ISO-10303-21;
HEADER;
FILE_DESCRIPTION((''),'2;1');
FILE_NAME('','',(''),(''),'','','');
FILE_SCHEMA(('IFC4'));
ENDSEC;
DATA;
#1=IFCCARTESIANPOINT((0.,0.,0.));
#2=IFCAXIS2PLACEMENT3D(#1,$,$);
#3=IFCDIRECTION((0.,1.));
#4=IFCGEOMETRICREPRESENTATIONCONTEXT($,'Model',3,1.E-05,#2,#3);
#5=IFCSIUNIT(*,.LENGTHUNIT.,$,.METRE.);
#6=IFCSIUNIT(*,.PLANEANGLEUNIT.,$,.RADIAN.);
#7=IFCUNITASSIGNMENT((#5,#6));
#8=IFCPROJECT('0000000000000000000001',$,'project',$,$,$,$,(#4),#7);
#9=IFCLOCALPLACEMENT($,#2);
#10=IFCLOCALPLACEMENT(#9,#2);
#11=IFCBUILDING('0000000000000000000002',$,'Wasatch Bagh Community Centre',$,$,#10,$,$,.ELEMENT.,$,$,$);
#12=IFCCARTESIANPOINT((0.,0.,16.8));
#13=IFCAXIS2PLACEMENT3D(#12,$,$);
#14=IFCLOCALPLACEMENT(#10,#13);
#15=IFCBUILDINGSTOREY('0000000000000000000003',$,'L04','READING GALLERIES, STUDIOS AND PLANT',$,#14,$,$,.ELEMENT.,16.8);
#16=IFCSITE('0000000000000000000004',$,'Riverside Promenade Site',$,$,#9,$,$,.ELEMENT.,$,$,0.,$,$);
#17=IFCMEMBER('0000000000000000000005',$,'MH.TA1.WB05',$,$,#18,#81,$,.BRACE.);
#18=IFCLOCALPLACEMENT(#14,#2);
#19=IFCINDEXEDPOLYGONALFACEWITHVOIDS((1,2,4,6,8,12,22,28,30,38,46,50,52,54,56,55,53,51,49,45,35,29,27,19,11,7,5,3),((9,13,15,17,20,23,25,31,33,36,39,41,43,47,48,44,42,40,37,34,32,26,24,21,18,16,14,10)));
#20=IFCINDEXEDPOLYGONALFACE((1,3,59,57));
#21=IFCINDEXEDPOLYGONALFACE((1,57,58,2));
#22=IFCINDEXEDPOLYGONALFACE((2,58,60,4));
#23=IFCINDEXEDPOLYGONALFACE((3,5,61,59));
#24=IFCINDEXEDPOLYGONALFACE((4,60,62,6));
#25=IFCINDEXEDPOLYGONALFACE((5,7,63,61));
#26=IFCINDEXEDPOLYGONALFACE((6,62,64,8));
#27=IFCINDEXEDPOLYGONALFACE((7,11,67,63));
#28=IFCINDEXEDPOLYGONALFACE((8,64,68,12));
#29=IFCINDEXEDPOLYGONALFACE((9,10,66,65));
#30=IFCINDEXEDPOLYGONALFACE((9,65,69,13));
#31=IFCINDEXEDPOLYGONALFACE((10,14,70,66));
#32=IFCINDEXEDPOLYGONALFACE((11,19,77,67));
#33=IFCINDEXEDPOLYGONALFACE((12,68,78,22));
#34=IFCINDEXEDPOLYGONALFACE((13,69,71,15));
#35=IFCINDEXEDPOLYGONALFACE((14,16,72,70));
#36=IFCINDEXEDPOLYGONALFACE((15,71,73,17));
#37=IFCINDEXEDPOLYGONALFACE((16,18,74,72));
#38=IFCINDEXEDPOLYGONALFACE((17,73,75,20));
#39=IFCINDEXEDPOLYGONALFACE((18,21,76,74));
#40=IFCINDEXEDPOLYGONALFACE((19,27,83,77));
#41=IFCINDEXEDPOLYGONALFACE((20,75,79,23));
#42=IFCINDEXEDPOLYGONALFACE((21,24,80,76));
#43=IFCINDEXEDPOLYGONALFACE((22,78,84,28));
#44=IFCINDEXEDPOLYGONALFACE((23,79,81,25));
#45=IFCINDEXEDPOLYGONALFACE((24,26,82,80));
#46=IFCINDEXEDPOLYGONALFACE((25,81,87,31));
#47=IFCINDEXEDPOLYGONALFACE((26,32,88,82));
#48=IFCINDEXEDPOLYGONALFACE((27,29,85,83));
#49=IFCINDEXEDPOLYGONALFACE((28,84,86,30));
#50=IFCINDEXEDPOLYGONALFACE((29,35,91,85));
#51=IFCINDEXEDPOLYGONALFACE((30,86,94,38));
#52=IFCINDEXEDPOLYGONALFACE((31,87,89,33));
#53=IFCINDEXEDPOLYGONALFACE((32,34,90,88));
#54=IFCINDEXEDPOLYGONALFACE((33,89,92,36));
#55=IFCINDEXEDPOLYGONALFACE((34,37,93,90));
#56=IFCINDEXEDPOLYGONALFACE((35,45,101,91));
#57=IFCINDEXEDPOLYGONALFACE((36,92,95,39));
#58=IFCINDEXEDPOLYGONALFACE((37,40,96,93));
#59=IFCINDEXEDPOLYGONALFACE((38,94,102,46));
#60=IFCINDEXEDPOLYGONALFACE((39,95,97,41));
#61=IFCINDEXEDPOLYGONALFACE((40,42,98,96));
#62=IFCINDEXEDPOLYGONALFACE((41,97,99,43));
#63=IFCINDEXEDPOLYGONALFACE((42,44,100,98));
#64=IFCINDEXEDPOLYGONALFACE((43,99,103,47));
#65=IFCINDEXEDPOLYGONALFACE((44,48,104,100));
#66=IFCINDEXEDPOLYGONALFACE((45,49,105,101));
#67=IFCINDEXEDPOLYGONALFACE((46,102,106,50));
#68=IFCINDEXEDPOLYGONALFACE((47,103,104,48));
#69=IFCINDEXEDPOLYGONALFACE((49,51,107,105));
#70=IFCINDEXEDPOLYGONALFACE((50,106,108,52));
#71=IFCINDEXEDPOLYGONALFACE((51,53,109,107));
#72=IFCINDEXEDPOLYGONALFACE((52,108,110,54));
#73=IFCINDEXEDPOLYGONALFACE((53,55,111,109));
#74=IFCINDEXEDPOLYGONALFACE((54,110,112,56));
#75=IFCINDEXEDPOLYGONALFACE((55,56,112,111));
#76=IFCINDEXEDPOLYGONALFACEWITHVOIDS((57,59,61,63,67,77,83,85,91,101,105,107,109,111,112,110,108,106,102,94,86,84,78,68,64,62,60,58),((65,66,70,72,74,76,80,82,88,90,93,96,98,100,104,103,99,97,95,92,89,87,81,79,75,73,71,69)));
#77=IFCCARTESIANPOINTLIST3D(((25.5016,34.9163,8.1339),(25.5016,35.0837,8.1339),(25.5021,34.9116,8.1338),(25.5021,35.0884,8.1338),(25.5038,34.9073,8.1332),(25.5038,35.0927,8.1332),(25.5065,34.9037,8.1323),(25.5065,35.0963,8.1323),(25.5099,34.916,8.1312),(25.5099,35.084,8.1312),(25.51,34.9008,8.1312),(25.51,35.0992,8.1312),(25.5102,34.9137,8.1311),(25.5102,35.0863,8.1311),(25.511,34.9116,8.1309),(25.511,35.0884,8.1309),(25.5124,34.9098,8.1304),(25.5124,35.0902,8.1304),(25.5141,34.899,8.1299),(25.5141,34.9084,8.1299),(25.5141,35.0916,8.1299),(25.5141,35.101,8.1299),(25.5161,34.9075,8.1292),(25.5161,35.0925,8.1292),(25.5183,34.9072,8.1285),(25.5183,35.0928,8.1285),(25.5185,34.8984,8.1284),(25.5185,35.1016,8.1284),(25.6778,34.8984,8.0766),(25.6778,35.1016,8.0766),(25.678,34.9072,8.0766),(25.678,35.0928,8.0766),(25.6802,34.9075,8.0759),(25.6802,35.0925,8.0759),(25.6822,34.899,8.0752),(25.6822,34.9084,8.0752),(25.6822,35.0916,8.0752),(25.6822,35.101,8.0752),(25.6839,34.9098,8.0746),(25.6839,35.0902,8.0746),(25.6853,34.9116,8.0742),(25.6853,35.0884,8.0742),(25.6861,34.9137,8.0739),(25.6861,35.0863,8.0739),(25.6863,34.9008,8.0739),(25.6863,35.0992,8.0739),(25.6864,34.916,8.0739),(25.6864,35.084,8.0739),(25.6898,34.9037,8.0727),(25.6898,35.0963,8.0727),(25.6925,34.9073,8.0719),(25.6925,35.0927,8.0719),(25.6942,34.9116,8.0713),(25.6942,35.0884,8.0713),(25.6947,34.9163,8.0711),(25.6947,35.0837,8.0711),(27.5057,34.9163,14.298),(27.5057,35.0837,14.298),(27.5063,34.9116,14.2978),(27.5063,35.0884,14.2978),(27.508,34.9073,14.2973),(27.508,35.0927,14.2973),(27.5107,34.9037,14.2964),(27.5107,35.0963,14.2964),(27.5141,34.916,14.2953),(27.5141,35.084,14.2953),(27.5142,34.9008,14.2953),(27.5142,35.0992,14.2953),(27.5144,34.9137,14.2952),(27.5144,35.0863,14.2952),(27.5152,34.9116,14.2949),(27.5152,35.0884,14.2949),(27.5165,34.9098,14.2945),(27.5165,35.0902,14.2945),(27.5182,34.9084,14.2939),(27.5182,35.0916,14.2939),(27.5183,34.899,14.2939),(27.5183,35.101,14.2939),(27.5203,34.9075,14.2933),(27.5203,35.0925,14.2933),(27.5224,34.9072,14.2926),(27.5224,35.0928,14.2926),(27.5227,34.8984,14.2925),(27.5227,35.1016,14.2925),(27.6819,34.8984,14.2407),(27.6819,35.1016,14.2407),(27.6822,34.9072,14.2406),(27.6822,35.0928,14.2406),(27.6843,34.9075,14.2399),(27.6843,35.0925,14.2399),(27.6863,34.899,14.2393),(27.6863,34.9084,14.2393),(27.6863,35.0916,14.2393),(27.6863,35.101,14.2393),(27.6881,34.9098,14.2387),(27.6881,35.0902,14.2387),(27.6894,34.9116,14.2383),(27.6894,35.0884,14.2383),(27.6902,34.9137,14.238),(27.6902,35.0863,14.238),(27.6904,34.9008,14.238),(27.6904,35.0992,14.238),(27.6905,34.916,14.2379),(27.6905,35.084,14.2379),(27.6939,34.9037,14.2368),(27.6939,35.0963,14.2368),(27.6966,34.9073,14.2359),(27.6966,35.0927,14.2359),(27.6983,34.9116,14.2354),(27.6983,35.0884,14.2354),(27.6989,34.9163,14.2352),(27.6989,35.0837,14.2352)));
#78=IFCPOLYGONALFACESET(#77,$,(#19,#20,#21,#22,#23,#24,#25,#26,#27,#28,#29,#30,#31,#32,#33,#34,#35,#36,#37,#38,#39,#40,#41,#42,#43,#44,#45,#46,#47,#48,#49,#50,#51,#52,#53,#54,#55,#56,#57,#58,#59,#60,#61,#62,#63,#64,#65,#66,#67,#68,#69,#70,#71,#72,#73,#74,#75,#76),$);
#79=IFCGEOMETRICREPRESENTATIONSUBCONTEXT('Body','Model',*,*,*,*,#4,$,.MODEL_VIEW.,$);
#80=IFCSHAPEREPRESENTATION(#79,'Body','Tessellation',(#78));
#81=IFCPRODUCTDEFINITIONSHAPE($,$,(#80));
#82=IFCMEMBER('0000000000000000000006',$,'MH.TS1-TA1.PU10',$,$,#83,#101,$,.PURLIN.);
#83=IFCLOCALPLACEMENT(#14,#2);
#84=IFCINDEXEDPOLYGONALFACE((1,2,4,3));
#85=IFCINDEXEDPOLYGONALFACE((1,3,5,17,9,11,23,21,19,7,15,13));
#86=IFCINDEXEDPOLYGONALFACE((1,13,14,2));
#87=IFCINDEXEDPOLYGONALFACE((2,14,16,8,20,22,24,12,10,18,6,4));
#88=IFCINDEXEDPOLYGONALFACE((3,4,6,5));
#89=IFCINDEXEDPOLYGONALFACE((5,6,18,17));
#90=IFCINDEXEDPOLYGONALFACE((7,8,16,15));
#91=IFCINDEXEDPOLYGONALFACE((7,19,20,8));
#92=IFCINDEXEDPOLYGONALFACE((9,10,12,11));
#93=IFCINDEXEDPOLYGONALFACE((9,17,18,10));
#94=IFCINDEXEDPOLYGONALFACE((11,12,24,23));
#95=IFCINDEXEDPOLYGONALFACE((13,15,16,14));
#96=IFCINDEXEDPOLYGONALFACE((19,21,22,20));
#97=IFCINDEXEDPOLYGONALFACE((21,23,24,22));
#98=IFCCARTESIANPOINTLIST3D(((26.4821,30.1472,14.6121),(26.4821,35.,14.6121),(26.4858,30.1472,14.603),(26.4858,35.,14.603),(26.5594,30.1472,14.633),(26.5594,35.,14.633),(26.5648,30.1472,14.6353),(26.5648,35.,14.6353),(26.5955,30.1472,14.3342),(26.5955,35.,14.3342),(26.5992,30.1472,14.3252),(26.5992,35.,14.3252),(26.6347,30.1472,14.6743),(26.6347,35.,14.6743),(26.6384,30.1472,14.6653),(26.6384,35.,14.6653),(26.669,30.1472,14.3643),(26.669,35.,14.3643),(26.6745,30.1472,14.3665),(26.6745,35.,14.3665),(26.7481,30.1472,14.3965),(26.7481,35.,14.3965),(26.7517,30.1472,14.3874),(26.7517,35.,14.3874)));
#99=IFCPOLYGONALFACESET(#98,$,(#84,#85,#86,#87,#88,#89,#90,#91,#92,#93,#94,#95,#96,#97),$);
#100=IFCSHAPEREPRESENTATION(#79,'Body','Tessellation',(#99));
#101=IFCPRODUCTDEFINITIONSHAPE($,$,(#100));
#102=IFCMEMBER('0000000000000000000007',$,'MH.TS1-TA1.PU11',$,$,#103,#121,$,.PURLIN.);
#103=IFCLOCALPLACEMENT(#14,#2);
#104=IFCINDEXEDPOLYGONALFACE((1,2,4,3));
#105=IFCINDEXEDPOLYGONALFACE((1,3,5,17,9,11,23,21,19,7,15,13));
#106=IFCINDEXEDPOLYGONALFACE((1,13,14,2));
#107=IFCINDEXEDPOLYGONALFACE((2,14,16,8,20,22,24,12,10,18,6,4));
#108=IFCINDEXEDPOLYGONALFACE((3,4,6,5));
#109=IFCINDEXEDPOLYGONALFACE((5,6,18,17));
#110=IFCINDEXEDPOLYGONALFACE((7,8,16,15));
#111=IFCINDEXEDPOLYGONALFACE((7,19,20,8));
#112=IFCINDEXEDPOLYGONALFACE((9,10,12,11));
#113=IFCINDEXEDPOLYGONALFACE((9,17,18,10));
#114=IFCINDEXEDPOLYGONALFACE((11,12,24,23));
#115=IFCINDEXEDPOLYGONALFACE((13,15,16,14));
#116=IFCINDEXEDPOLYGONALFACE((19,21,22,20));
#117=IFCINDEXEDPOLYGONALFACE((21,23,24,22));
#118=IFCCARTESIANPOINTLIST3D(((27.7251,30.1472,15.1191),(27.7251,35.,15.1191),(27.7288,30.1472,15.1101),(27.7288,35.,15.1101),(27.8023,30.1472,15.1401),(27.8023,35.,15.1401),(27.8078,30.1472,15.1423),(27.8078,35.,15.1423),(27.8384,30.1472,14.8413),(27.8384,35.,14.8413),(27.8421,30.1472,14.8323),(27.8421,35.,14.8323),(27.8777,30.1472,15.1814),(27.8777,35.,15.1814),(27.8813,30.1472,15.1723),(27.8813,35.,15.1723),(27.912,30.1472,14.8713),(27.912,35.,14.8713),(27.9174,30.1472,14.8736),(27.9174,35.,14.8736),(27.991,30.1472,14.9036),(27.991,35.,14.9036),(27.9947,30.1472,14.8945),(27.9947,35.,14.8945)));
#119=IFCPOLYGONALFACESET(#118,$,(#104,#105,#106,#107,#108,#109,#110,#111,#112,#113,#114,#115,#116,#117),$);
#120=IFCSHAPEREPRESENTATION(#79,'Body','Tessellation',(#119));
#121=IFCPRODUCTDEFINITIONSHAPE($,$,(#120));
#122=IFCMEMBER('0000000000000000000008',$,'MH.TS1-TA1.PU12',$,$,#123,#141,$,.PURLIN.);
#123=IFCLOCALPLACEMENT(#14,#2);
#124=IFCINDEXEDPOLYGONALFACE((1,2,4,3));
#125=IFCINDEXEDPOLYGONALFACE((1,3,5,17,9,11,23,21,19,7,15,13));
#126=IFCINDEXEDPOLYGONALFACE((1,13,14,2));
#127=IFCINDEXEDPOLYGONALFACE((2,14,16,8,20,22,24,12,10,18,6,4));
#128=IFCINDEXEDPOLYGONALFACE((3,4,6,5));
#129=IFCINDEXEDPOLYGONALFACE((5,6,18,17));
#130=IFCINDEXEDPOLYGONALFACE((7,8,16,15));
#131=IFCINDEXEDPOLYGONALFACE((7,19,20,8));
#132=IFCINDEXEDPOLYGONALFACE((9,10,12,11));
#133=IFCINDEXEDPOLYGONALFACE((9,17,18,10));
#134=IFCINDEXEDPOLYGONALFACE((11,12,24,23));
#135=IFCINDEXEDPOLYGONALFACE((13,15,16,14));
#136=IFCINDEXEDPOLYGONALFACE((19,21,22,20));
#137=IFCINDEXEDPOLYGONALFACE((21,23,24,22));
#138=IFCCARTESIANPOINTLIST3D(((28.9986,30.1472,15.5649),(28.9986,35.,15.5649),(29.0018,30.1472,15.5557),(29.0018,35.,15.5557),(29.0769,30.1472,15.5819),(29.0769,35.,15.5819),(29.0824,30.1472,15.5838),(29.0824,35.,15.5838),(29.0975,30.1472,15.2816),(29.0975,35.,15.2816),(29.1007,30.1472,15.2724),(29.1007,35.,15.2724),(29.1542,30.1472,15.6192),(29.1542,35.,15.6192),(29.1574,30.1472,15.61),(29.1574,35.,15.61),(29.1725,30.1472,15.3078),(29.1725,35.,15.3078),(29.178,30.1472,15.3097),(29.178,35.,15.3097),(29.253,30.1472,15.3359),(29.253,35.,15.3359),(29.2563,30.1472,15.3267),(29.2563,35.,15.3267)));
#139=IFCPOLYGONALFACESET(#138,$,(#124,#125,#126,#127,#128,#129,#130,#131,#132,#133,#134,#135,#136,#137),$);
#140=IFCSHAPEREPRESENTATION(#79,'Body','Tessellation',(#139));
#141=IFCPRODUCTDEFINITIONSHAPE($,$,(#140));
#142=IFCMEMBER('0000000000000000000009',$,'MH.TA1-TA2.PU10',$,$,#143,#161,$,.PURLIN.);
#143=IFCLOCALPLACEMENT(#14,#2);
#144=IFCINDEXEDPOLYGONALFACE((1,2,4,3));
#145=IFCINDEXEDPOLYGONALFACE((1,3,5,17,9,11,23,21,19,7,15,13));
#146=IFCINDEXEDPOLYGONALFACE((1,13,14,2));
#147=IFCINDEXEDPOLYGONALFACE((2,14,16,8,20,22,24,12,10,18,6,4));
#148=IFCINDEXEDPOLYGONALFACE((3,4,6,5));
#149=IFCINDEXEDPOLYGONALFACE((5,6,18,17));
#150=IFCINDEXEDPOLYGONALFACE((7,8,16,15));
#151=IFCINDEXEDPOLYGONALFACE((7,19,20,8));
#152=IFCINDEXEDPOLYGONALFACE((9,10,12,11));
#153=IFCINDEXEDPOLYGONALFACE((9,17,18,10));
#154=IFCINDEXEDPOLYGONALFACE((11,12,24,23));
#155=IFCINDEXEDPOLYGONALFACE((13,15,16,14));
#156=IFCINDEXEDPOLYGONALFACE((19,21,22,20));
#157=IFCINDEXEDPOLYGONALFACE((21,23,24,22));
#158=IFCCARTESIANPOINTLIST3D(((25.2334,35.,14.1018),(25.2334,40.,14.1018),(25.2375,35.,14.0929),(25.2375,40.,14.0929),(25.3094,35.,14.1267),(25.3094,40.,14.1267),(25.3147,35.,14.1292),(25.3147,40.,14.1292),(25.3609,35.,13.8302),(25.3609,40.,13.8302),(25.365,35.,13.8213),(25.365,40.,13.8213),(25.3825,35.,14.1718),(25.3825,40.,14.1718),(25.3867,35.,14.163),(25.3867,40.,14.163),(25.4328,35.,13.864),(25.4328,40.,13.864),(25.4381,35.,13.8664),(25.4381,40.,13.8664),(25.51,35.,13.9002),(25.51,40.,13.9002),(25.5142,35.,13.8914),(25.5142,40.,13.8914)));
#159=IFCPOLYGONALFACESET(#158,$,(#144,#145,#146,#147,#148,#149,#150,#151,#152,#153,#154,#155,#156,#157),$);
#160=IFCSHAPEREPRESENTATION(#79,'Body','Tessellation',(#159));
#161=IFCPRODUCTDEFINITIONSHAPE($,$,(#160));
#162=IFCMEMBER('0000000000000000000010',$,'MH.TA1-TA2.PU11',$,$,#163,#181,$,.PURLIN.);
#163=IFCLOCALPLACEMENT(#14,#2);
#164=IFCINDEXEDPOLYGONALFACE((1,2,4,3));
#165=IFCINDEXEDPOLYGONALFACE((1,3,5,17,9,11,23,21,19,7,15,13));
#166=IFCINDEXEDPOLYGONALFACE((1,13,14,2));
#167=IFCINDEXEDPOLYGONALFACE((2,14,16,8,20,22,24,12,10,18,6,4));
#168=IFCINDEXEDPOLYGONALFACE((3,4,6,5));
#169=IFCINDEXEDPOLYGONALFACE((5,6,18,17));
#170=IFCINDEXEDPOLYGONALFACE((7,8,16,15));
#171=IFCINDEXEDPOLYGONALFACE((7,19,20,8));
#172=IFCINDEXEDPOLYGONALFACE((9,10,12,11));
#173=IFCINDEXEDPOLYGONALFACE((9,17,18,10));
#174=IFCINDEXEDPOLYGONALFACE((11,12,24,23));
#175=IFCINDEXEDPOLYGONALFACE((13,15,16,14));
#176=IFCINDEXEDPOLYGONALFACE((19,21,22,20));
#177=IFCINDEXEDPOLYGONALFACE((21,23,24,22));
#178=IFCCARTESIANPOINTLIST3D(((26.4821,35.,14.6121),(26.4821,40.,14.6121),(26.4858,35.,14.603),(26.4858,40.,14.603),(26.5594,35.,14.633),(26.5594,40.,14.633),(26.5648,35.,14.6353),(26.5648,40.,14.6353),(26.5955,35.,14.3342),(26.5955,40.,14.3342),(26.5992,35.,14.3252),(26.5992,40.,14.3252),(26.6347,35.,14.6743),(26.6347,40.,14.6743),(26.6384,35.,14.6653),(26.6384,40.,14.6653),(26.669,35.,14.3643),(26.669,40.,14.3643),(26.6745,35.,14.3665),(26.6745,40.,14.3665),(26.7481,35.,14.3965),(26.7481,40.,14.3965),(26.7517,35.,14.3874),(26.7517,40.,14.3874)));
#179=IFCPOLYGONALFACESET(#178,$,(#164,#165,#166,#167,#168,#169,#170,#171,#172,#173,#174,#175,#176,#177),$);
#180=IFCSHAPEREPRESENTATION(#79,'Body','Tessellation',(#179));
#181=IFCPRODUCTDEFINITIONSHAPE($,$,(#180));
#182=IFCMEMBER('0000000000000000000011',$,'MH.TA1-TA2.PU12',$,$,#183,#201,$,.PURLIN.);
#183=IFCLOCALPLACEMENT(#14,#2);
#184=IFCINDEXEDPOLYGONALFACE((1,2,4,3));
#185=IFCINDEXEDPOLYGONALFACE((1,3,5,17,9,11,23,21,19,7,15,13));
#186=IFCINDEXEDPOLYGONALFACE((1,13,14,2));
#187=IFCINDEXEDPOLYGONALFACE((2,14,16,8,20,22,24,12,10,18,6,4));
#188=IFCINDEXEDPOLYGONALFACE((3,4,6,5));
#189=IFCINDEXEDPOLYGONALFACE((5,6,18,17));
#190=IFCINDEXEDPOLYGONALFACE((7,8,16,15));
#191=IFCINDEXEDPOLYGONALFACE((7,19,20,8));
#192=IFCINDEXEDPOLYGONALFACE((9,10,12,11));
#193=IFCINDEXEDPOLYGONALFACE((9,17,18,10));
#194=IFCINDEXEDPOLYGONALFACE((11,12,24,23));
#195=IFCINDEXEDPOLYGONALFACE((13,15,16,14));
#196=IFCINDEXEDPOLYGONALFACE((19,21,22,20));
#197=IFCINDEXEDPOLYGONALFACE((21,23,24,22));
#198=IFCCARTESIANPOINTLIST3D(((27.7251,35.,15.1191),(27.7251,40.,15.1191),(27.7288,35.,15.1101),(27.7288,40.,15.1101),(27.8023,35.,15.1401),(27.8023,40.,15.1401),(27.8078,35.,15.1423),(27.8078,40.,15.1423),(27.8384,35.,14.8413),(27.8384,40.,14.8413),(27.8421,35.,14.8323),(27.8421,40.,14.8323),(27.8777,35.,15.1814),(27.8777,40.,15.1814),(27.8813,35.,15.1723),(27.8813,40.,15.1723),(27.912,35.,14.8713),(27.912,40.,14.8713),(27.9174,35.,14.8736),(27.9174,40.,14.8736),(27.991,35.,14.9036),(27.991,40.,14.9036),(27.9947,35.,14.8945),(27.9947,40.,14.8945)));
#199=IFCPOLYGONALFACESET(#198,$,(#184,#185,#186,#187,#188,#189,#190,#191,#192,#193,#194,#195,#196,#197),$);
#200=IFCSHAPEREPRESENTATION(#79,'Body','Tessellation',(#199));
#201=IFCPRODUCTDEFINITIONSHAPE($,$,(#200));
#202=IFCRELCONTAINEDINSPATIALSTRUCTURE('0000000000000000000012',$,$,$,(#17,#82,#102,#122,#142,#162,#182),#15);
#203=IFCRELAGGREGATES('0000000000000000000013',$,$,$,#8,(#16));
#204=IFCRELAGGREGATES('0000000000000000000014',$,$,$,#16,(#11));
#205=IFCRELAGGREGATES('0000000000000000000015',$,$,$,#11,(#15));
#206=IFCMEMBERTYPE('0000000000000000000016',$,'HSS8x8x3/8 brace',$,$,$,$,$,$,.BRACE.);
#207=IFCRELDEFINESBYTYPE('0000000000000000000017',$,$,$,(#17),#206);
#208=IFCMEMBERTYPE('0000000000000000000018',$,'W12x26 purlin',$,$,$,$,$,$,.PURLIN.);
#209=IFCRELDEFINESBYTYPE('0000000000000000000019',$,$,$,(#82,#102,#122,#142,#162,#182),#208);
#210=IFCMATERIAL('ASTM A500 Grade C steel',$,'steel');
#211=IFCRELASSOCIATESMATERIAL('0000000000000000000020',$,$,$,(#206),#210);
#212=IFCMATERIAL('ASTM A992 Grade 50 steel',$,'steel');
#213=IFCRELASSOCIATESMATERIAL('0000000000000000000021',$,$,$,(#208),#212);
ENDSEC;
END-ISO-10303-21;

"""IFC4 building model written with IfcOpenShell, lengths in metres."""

from ifc_helpers import new_model, si_unit, direction, frame, origin, origin_2d, place, context, subcontext, project, spatial, hollow_rectangle, i_section, extrude, material, material_profile, profile_set, type_object, element, save


model = new_model("IFC4")

# Units and contexts
model_context = context("Model", 3, precision=1e-05, world=origin(), true_north=direction((0.0, 1.0)))
body_context = subcontext(model_context, "Body", "Model", "MODEL_VIEW")
ifc_project = project(units=[si_unit("LENGTHUNIT", "METRE"), si_unit("PLANEANGLEUNIT", "RADIAN")], contexts=[model_context])

# Site, building, storey
site_placement = place(None, origin())
site = spatial("IfcSite", under=ifc_project, at=site_placement, Name="Riverside Promenade Site", CompositionType="ELEMENT", RefElevation=0.0)
building_placement = place(site_placement, origin())
building = spatial("IfcBuilding", under=site, at=building_placement, Name="Wasatch Bagh Community Centre", CompositionType="ELEMENT")
storey_placement = place(building_placement, frame((0.0, 0.0, 16.8)))
storey = spatial("IfcBuildingStorey", under=building, at=storey_placement, Name="L04", Description="READING GALLERIES, STUDIOS AND PLANT", CompositionType="ELEMENT", Elevation=16.8)

# Members
ifc_material_1 = material(Name="ASTM A500 Grade C steel", Category="steel")
ifc_material_profile_1 = material_profile(ifc_material_1, hollow_rectangle(XDim=0.2031, YDim=0.2031, WallThickness=0.0088, InnerFilletRadius=0.0088, OuterFilletRadius=0.0178, at=origin_2d()), Name="HSS8x8x3/8")
ifc_profile_set_1 = profile_set([ifc_material_profile_1], Name="ASTM A500 Grade C steel")
member_type_1 = type_object("IfcMemberType", Name="HSS8x8x3/8 brace", PredefinedType="BRACE", material=ifc_profile_set_1)
member_1_placement = place(storey_placement, frame((25.5981, 35.0, 8.1025), z_axis=(0.309202, 0.0, 0.950996), x_axis=(0.0, 1.0, 0.0)))
element("IfcMember", 1, at=member_1_placement, inside=storey, type_object=member_type_1, Name="MH.TA1.WB05", PredefinedType="BRACE", context=body_context, shape_type="SweptSolid", body=[
    extrude(hollow_rectangle(XDim=0.2031, YDim=0.2031, WallThickness=0.0088, InnerFilletRadius=0.0088, OuterFilletRadius=0.0178, at=origin_2d()), origin(), (0.0, 0.0, 1.0), 6.4817),
])
ifc_material_2 = material(Name="ASTM A992 Grade 50 steel", Category="steel")
ifc_material_profile_2 = material_profile(ifc_material_2, i_section(OverallWidth=0.1648, OverallDepth=0.3098, WebThickness=0.0059, FlangeThickness=0.0098, at=origin_2d()), Name="W12x26")
ifc_profile_set_2 = profile_set([ifc_material_profile_2], Name="ASTM A992 Grade 50 steel")
member_type_2 = type_object("IfcMemberType", Name="W12x26 purlin", PredefinedType="PURLIN", material=ifc_profile_set_2)
for number, where, z_axis, x_axis, name in (
    (2, (26.6169, 30.1472, 14.4998), (0.0, 1.0, 0.0), (-0.925934, 0.0, -0.377686), "MH.TS1-TA1.PU10"),
    (3, (27.8599, 30.1472, 15.0068), (0.0, 1.0, 0.0), (-0.925934, 0.0, -0.377686), "MH.TS1-TA1.PU11"),
    (4, (29.1274, 30.1472, 15.4458), (0.0, 1.0, 0.0), (-0.944194, 0.0, -0.329389), "MH.TS1-TA1.PU12"),
):
    element("IfcMember", number, at=place(storey_placement, frame(where, z_axis=z_axis, x_axis=x_axis)), inside=storey, type_object=member_type_2, Name=name, PredefinedType="PURLIN", context=body_context, shape_type="SweptSolid", body=[
        extrude(i_section(OverallWidth=0.1648, OverallDepth=0.3098, WebThickness=0.0059, FlangeThickness=0.0098, at=origin_2d()), origin(), (0.0, 0.0, 1.0), 4.8528),
    ])
for number, where, z_axis, x_axis, name in (
    (5, (25.3738, 35.0, 13.9966), (0.0, 1.0, 0.0), (-0.905205, 0.0, -0.424976), "MH.TA1-TA2.PU10"),
    (6, (26.6169, 35.0, 14.4998), (0.0, 1.0, 0.0), (-0.925934, 0.0, -0.377686), "MH.TA1-TA2.PU11"),
    (7, (27.8599, 35.0, 15.0068), (0.0, 1.0, 0.0), (-0.925934, 0.0, -0.377686), "MH.TA1-TA2.PU12"),
):
    element("IfcMember", number, at=place(storey_placement, frame(where, z_axis=z_axis, x_axis=x_axis)), inside=storey, type_object=member_type_2, Name=name, PredefinedType="PURLIN", context=body_context, shape_type="SweptSolid", body=[
        extrude(i_section(OverallWidth=0.1648, OverallDepth=0.3098, WebThickness=0.0059, FlangeThickness=0.0098, at=origin_2d()), origin(), (0.0, 0.0, 1.0), 5.0),
    ])

save(model, "model.ifc")
